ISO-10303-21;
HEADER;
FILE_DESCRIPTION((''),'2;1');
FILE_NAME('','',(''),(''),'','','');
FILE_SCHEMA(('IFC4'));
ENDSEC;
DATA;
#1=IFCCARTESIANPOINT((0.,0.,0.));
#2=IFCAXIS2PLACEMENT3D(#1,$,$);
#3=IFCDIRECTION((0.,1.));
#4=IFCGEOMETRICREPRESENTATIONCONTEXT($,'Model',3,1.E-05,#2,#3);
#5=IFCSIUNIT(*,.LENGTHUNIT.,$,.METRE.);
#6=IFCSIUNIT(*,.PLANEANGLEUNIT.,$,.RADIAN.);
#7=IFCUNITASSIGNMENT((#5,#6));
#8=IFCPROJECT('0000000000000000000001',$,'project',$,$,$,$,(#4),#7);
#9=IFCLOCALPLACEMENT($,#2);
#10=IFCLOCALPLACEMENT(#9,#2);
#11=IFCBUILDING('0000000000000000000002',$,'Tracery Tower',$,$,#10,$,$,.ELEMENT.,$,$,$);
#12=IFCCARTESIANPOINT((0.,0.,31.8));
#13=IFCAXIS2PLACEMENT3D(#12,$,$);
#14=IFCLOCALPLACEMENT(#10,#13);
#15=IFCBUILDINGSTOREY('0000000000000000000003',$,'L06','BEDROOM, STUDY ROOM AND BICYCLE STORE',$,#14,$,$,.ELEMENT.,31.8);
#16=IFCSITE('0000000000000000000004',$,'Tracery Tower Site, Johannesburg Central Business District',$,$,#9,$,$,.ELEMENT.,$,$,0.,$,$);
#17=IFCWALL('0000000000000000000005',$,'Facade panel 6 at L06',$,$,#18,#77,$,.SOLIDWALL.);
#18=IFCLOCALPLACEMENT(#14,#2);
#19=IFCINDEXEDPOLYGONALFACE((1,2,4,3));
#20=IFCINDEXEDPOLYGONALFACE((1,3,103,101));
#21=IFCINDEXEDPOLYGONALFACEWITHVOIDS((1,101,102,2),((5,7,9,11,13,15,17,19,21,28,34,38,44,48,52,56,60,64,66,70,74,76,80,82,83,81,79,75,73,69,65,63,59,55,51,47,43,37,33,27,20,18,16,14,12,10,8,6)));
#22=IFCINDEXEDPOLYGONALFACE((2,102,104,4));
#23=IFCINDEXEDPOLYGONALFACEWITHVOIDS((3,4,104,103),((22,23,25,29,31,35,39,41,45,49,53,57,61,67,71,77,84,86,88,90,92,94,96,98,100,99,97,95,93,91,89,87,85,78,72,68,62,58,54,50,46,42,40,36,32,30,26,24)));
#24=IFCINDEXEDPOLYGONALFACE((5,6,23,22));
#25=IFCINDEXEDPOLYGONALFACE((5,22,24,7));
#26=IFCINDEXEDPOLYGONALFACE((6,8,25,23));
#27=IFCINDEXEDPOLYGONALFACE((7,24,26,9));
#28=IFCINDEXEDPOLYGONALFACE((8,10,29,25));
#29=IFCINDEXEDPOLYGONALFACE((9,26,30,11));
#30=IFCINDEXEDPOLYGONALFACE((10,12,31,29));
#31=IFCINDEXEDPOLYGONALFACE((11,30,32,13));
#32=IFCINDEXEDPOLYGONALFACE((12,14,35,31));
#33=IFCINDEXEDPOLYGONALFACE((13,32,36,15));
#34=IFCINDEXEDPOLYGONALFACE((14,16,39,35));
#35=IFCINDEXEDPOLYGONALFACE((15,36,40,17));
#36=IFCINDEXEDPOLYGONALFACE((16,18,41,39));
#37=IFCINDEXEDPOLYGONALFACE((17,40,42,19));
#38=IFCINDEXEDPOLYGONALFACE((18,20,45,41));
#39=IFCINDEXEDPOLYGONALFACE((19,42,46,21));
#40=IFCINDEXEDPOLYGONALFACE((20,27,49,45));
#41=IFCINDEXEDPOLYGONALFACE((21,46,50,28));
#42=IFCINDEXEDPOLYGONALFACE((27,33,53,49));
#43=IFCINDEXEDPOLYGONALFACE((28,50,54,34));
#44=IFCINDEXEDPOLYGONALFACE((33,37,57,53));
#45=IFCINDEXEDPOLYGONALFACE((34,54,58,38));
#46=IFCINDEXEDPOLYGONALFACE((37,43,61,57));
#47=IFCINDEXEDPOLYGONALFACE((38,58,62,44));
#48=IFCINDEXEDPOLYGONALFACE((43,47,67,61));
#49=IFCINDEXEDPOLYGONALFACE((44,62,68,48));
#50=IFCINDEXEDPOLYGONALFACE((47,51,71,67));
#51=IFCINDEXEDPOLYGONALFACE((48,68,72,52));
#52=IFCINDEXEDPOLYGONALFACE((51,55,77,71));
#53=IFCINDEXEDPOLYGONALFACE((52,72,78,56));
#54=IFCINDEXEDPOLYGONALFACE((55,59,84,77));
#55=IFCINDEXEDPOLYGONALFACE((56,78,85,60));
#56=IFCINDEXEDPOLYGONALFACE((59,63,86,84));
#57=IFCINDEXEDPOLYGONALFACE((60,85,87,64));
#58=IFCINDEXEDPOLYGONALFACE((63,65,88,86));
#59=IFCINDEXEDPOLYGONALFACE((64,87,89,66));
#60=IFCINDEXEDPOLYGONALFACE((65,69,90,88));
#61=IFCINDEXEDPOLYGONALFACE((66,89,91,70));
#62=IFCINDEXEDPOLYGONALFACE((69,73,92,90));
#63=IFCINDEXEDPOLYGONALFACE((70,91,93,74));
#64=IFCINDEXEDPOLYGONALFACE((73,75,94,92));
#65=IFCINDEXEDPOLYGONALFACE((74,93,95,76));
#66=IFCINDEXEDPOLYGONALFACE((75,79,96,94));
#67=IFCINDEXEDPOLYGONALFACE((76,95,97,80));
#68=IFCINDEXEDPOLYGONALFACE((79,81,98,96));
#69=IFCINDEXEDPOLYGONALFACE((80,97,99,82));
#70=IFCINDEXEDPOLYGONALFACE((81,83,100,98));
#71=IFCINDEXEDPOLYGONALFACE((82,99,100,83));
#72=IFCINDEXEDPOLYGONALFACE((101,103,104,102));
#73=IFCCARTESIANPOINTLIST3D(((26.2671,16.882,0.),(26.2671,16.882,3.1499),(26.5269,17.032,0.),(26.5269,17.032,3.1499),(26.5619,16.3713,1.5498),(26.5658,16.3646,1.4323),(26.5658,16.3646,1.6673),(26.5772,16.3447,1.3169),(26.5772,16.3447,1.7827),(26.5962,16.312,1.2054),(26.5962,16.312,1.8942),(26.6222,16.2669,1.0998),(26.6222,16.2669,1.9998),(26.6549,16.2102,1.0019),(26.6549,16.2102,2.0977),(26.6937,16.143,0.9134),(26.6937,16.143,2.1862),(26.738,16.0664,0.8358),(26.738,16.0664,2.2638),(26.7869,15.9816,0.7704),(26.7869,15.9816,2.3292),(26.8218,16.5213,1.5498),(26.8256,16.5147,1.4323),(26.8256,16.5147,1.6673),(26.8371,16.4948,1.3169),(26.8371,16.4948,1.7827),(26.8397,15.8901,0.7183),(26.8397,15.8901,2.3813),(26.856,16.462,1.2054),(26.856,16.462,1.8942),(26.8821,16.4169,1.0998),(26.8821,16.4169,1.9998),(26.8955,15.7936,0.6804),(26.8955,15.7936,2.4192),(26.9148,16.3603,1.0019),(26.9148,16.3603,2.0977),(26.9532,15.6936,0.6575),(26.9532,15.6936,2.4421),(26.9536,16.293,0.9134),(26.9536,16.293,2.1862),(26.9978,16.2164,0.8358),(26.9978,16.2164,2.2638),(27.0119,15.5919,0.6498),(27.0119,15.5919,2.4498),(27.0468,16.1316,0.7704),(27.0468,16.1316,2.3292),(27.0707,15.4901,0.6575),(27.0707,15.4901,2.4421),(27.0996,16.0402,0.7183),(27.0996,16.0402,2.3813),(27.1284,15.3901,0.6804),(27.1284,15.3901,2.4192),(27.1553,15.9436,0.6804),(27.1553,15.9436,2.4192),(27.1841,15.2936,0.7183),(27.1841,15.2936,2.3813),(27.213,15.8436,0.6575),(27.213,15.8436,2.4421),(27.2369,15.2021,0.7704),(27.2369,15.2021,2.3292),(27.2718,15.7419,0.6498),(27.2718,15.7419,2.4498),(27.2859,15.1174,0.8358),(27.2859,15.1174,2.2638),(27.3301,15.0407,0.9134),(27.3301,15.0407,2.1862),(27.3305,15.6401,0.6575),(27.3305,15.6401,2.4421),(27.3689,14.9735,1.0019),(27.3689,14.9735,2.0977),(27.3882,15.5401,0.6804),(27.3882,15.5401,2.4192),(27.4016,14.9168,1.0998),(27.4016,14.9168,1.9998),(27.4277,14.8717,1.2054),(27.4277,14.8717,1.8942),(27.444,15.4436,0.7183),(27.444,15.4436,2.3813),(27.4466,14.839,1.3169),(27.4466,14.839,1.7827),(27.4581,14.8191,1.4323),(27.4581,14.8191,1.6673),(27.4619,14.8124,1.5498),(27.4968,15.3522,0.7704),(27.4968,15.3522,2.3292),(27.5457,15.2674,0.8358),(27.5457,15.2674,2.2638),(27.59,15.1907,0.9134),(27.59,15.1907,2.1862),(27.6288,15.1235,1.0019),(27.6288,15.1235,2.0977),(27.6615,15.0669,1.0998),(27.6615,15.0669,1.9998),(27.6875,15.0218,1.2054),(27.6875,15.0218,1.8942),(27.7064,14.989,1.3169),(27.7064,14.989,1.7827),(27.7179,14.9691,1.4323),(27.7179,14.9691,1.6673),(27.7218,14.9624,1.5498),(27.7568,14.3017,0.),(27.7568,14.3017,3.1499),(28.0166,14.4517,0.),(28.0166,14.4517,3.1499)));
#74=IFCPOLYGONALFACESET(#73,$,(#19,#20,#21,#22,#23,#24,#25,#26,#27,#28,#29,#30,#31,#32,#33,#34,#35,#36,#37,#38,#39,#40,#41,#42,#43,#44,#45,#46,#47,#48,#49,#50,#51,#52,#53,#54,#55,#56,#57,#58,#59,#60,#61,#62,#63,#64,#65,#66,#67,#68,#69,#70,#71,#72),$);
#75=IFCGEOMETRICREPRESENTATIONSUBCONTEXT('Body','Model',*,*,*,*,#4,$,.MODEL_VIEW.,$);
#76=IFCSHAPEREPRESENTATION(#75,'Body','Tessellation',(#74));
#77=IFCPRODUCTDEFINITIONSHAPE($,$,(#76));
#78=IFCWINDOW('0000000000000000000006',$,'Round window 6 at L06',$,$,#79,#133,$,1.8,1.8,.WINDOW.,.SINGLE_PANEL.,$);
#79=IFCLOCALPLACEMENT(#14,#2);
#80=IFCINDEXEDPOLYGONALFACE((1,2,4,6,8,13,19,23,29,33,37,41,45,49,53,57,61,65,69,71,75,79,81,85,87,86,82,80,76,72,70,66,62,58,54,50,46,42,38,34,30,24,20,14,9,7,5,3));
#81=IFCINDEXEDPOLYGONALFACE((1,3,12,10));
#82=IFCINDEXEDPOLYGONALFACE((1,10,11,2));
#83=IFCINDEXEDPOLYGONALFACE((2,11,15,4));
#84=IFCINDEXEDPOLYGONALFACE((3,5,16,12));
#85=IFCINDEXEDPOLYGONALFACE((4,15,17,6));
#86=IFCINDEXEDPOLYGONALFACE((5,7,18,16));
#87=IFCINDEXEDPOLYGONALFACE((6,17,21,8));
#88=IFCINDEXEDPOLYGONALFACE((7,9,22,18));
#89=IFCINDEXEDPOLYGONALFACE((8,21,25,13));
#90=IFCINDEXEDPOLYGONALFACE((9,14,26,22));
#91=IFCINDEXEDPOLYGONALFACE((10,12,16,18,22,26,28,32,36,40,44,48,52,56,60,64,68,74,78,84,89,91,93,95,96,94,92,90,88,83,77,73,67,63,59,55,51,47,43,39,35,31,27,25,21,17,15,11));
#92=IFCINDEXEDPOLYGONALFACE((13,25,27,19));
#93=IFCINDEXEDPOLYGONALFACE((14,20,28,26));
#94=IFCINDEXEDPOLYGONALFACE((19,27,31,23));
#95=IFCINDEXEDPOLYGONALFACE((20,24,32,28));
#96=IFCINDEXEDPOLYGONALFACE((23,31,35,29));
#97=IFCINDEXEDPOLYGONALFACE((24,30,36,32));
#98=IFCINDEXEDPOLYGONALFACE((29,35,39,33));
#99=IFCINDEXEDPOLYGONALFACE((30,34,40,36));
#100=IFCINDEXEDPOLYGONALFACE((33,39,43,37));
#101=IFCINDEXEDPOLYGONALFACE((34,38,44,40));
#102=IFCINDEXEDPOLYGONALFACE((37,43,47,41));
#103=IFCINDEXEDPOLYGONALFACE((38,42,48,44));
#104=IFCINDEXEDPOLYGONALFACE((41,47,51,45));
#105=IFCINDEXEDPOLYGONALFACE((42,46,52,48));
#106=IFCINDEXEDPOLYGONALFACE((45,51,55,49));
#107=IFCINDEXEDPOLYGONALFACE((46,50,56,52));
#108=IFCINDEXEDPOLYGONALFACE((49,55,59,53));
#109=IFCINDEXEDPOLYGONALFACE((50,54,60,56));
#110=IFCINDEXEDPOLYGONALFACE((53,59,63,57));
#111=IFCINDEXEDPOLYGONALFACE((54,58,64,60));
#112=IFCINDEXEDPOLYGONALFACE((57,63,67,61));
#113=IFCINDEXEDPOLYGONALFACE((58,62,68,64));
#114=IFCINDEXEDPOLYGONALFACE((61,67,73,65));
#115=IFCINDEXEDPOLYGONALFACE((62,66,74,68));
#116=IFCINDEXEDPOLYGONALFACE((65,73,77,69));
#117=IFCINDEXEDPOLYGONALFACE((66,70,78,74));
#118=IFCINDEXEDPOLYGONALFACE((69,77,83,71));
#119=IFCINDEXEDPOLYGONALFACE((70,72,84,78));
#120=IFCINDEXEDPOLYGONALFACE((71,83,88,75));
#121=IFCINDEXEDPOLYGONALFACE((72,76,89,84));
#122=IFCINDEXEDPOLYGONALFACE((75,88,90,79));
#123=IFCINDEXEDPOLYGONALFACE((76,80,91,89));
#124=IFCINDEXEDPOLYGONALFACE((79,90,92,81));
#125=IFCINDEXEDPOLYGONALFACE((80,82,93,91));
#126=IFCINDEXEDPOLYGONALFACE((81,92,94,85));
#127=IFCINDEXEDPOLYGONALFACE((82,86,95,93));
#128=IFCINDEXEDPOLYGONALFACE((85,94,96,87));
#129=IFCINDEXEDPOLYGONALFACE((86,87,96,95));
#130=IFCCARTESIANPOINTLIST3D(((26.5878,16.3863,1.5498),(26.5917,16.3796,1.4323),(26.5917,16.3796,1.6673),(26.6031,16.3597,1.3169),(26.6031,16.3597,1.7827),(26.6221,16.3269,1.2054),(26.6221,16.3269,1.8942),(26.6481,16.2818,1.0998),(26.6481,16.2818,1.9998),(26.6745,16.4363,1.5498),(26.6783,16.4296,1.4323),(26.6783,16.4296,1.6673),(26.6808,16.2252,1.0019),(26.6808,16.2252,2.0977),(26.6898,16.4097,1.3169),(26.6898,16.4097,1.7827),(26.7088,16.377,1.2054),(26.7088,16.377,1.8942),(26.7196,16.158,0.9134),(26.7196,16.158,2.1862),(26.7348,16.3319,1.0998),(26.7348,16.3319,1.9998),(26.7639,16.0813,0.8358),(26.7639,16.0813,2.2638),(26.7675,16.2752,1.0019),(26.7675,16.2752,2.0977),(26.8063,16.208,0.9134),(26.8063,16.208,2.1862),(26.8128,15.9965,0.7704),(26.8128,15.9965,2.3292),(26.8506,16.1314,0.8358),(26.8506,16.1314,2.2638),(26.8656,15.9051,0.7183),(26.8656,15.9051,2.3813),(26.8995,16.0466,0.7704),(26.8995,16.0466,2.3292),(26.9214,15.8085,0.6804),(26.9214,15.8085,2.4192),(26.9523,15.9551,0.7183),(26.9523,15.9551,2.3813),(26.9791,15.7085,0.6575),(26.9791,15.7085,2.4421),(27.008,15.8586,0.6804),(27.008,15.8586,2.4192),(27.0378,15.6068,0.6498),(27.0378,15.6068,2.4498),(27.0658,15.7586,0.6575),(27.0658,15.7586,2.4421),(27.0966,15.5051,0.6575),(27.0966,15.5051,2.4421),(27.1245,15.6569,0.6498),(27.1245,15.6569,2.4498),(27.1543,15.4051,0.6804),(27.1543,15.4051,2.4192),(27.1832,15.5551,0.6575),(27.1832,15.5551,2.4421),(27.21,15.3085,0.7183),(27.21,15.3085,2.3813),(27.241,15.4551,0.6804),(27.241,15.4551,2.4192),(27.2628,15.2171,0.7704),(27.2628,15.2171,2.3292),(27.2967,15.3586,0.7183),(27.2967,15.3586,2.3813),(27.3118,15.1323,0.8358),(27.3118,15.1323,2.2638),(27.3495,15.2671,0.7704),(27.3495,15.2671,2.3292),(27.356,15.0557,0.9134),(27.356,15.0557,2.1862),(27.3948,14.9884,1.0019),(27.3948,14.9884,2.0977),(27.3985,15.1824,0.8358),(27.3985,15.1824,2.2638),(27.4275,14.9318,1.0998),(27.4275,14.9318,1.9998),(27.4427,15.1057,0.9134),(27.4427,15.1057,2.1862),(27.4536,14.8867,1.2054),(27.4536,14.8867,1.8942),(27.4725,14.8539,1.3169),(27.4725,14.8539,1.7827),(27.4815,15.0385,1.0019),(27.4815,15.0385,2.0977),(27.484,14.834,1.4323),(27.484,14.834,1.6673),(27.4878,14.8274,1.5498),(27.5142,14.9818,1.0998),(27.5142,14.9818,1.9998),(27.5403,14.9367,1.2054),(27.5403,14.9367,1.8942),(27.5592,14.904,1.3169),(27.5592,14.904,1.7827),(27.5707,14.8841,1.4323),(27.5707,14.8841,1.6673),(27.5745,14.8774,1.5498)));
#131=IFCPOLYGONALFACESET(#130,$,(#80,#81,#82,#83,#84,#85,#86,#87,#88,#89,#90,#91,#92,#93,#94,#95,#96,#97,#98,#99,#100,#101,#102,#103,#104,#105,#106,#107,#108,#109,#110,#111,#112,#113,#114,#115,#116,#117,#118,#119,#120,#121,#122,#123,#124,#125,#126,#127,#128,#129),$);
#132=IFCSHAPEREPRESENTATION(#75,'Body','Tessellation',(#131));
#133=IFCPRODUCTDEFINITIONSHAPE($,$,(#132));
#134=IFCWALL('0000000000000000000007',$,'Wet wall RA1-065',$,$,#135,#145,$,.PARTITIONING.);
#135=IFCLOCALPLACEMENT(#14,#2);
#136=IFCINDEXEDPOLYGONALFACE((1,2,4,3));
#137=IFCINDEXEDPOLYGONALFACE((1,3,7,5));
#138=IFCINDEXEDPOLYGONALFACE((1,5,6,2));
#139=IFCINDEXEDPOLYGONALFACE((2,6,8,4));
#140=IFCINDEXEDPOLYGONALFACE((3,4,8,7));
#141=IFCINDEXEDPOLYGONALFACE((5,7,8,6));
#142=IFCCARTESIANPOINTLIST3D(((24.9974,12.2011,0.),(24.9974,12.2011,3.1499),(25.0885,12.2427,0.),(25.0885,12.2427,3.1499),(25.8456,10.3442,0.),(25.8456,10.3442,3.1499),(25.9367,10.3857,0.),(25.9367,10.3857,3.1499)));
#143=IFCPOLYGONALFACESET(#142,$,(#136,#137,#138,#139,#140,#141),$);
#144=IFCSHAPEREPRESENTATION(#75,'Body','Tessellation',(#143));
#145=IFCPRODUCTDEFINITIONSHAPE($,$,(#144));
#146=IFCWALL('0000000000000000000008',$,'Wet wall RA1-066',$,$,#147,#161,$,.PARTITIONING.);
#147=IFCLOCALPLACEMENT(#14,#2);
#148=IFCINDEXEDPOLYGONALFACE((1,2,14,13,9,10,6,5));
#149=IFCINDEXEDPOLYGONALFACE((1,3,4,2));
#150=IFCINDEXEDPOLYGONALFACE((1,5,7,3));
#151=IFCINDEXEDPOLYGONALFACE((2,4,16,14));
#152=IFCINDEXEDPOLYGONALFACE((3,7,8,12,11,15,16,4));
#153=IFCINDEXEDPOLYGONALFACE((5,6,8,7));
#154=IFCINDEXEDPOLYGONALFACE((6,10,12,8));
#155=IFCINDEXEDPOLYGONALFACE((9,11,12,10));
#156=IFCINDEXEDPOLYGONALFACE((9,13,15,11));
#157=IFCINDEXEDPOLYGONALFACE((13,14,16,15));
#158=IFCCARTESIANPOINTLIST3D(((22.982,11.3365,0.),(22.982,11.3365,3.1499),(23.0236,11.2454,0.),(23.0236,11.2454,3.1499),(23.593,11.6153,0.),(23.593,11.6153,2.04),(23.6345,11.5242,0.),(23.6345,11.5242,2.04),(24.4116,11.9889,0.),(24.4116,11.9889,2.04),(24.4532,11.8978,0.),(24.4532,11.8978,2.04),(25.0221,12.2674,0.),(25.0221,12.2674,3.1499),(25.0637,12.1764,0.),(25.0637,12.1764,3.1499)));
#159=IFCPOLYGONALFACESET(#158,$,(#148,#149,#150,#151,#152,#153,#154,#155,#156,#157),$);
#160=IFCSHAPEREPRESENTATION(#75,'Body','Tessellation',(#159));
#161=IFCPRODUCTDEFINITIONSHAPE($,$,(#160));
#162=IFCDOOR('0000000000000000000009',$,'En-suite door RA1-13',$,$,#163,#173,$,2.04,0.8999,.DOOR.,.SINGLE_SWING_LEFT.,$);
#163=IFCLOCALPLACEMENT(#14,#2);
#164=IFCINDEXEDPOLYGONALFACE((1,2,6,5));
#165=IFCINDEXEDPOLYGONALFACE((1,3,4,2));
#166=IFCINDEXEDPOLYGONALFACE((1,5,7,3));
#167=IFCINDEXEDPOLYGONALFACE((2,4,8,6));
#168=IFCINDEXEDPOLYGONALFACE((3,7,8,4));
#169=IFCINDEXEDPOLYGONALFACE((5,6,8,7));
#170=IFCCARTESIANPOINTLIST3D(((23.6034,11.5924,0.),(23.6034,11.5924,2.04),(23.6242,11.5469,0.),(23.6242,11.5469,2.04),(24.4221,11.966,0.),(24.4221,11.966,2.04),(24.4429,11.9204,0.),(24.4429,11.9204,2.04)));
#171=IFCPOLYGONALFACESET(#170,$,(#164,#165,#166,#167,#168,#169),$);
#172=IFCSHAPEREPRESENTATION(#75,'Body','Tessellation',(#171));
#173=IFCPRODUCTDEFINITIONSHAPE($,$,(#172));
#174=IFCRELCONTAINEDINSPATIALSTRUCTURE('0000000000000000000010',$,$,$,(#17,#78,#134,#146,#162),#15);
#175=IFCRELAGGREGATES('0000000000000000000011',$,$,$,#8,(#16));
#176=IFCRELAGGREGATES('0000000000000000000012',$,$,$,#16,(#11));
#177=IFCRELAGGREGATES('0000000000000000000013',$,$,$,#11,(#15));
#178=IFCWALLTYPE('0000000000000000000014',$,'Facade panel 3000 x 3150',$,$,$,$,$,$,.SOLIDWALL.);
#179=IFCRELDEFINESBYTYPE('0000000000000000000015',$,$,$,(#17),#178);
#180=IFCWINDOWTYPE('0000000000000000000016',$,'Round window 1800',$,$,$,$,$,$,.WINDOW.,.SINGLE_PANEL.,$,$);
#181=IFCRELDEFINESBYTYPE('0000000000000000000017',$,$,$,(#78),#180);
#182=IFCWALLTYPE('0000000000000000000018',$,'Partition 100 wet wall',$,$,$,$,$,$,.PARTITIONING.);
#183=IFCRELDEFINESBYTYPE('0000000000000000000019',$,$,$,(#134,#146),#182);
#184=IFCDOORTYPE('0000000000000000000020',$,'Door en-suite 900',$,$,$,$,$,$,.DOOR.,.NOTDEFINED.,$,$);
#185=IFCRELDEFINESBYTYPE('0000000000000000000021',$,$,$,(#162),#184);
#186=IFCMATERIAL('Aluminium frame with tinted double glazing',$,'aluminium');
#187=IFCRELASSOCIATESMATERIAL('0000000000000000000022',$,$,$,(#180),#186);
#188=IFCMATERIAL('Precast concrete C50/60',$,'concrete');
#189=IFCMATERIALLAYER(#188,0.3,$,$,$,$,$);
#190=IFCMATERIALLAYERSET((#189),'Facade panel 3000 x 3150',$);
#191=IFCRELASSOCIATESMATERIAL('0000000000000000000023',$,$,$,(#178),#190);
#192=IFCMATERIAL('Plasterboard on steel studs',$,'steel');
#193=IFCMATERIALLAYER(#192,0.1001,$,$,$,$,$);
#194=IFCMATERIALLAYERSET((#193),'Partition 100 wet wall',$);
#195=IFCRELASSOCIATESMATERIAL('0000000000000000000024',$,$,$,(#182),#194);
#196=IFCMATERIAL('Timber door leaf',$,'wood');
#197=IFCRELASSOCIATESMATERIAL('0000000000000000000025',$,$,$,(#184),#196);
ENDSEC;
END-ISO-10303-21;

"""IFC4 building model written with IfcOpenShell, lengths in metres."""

from ifc_helpers import new_model, si_unit, direction, frame, frame_2d, origin, origin_2d, place, context, subcontext, project, spatial, rectangle, circle, extrude, material, layer, layer_set, type_object, element, fill, save


model = new_model("IFC4")

# Units and contexts
model_context = context("Model", 3, precision=1e-05, world=origin(), true_north=direction((0.0, 1.0)))
body_context = subcontext(model_context, "Body", "Model", "MODEL_VIEW")
ifc_project = project(units=[si_unit("LENGTHUNIT", "METRE"), si_unit("PLANEANGLEUNIT", "RADIAN")], contexts=[model_context])

# Site, building, storey
site_placement = place(None, origin())
site = spatial("IfcSite", under=ifc_project, at=site_placement, Name="Tracery Tower Site, Johannesburg Central Business District", CompositionType="ELEMENT", RefElevation=0.0)
building_placement = place(site_placement, origin())
building = spatial("IfcBuilding", under=site, at=building_placement, Name="Tracery Tower", CompositionType="ELEMENT")
storey_placement = place(building_placement, frame((0.0, 0.0, 31.8)))
storey = spatial("IfcBuildingStorey", under=building, at=storey_placement, Name="L06", Description="BEDROOM, STUDY ROOM AND BICYCLE STORE", CompositionType="ELEMENT", Elevation=31.8)

# Wall, opening, window
ifc_material_1 = material(Name="Aluminium frame with tinted double glazing", Category="aluminium")
window_type = type_object("IfcWindowType", Name="Round window 1800", PartitioningType="SINGLE_PANEL", PredefinedType="WINDOW", material=ifc_material_1)
ifc_material_2 = material(Name="Precast concrete C50/60", Category="concrete")
ifc_layer_1 = layer(ifc_material_2, 0.3)
ifc_layer_set_1 = layer_set([ifc_layer_1], Name="Facade panel 3000 x 3150")
wall_type_1 = type_object("IfcWallType", Name="Facade panel 3000 x 3150", PredefinedType="SOLIDWALL", material=ifc_layer_set_1)
wall_1_placement = place(storey_placement, frame((27.8867, 14.3767, 0.0), z_axis=(0.0, 0.0, 1.0), x_axis=(-0.499999, 0.866026, 0.0)))
wall_1 = element("IfcWall", 1, at=wall_1_placement, inside=storey, type_object=wall_type_1, Name="Facade panel 6 at L06", PredefinedType="SOLIDWALL", context=body_context, shape_type="SweptSolid", body=[
    extrude(rectangle(XDim=2.9795, YDim=0.3, at=frame_2d((1.4897, 0.0))), origin(), (0.0, 0.0, 1.0), 3.1499),
])
opening_1_placement = place(wall_1_placement, frame((1.4897, 0.0, 1.5498)))
opening_1 = element("IfcOpeningElement", 2, at=opening_1_placement, cuts=wall_1, PredefinedType="OPENING", context=body_context, shape_type="SweptSolid", body=[
    extrude(circle(Radius=0.9, at=origin_2d()), frame((0.0, 0.1599, 0.0), z_axis=(0.0, -1.0, 0.0), x_axis=(1.0, 0.0, 0.0)), (0.0, 0.0, 1.0), 0.3201),
])
window_1_placement = place(opening_1_placement, origin())
window_1 = element("IfcWindow", 3, at=window_1_placement, inside=storey, type_object=window_type, Name="Round window 6 at L06", OverallHeight=1.8, OverallWidth=1.8, PartitioningType="SINGLE_PANEL", PredefinedType="WINDOW", context=body_context, shape_type="SweptSolid", body=[
    extrude(circle(Radius=0.9, at=origin_2d()), frame((0.0, 0.1201, 0.0), z_axis=(0.0, -1.0, 0.0), x_axis=(1.0, 0.0, 0.0)), (0.0, 0.0, 1.0), 0.1001),
])
fill(opening_1, window_1)

# Wall
ifc_material_3 = material(Name="Plasterboard on steel studs", Category="steel")
ifc_layer_2 = layer(ifc_material_3, 0.1001)
ifc_layer_set_2 = layer_set([ifc_layer_2], Name="Partition 100 wet wall")
wall_type_2 = type_object("IfcWallType", Name="Partition 100 wet wall", PredefinedType="PARTITIONING", material=ifc_layer_set_2)
wall_2_placement = place(storey_placement, frame((25.043, 12.2219, 0.0), z_axis=(0.0, 0.0, 1.0), x_axis=(0.41546, -0.909611, 0.0)))
element("IfcWall", 4, at=wall_2_placement, inside=storey, type_object=wall_type_2, Name="Wet wall RA1-065", PredefinedType="PARTITIONING", context=body_context, shape_type="SweptSolid", body=[
    extrude(rectangle(XDim=2.0415, YDim=0.1001, at=frame_2d((1.0208, 0.0))), origin(), (0.0, 0.0, 1.0), 3.1499),
])

# Wall, opening, door
wall_3_placement = place(storey_placement, frame((23.0029, 11.291, 0.0), z_axis=(0.0, 0.0, 1.0), x_axis=(0.909758, 0.41514, 0.0)))
wall_3 = element("IfcWall", 5, at=wall_3_placement, inside=storey, type_object=wall_type_2, Name="Wet wall RA1-066", PredefinedType="PARTITIONING", context=body_context, shape_type="SweptSolid", body=[
    extrude(rectangle(XDim=2.2424, YDim=0.1001, at=frame_2d((1.1211, 0.0))), origin(), (0.0, 0.0, 1.0), 3.1499),
])
opening_2_placement = place(wall_3_placement, frame((0.6714, 0.0, 0.0)))
opening_2 = element("IfcOpeningElement", 6, at=opening_2_placement, cuts=wall_3, PredefinedType="OPENING", context=body_context, shape_type="SweptSolid", body=[
    extrude(rectangle(XDim=0.8999, YDim=2.04, at=frame_2d((0.45, 1.02))), frame((0.0, 0.05, 0.0), z_axis=(0.0, -1.0, 0.0), x_axis=(1.0, 0.0, 0.0)), (0.0, 0.0, 1.0), 0.1001),
])
ifc_material_4 = material(Name="Timber door leaf", Category="wood")
door_type_1 = type_object("IfcDoorType", Name="Door en-suite 900", OperationType="NOTDEFINED", PredefinedType="DOOR", material=ifc_material_4)
door_1_placement = place(opening_2_placement, origin())
door_1 = element("IfcDoor", 7, at=door_1_placement, inside=storey, type_object=door_type_1, Name="En-suite door RA1-13", OperationType="SINGLE_SWING_LEFT", OverallHeight=2.04, OverallWidth=0.8999, PredefinedType="DOOR", context=body_context, shape_type="SweptSolid", body=[
    extrude(rectangle(XDim=0.8999, YDim=2.04, at=frame_2d((0.45, 1.02))), frame((0.0, 0.0249, 0.0), z_axis=(0.0, -1.0, 0.0), x_axis=(1.0, 0.0, 0.0)), (0.0, 0.0, 1.0), 0.05),
])
fill(opening_2, door_1)

save(model, "model.ifc")
